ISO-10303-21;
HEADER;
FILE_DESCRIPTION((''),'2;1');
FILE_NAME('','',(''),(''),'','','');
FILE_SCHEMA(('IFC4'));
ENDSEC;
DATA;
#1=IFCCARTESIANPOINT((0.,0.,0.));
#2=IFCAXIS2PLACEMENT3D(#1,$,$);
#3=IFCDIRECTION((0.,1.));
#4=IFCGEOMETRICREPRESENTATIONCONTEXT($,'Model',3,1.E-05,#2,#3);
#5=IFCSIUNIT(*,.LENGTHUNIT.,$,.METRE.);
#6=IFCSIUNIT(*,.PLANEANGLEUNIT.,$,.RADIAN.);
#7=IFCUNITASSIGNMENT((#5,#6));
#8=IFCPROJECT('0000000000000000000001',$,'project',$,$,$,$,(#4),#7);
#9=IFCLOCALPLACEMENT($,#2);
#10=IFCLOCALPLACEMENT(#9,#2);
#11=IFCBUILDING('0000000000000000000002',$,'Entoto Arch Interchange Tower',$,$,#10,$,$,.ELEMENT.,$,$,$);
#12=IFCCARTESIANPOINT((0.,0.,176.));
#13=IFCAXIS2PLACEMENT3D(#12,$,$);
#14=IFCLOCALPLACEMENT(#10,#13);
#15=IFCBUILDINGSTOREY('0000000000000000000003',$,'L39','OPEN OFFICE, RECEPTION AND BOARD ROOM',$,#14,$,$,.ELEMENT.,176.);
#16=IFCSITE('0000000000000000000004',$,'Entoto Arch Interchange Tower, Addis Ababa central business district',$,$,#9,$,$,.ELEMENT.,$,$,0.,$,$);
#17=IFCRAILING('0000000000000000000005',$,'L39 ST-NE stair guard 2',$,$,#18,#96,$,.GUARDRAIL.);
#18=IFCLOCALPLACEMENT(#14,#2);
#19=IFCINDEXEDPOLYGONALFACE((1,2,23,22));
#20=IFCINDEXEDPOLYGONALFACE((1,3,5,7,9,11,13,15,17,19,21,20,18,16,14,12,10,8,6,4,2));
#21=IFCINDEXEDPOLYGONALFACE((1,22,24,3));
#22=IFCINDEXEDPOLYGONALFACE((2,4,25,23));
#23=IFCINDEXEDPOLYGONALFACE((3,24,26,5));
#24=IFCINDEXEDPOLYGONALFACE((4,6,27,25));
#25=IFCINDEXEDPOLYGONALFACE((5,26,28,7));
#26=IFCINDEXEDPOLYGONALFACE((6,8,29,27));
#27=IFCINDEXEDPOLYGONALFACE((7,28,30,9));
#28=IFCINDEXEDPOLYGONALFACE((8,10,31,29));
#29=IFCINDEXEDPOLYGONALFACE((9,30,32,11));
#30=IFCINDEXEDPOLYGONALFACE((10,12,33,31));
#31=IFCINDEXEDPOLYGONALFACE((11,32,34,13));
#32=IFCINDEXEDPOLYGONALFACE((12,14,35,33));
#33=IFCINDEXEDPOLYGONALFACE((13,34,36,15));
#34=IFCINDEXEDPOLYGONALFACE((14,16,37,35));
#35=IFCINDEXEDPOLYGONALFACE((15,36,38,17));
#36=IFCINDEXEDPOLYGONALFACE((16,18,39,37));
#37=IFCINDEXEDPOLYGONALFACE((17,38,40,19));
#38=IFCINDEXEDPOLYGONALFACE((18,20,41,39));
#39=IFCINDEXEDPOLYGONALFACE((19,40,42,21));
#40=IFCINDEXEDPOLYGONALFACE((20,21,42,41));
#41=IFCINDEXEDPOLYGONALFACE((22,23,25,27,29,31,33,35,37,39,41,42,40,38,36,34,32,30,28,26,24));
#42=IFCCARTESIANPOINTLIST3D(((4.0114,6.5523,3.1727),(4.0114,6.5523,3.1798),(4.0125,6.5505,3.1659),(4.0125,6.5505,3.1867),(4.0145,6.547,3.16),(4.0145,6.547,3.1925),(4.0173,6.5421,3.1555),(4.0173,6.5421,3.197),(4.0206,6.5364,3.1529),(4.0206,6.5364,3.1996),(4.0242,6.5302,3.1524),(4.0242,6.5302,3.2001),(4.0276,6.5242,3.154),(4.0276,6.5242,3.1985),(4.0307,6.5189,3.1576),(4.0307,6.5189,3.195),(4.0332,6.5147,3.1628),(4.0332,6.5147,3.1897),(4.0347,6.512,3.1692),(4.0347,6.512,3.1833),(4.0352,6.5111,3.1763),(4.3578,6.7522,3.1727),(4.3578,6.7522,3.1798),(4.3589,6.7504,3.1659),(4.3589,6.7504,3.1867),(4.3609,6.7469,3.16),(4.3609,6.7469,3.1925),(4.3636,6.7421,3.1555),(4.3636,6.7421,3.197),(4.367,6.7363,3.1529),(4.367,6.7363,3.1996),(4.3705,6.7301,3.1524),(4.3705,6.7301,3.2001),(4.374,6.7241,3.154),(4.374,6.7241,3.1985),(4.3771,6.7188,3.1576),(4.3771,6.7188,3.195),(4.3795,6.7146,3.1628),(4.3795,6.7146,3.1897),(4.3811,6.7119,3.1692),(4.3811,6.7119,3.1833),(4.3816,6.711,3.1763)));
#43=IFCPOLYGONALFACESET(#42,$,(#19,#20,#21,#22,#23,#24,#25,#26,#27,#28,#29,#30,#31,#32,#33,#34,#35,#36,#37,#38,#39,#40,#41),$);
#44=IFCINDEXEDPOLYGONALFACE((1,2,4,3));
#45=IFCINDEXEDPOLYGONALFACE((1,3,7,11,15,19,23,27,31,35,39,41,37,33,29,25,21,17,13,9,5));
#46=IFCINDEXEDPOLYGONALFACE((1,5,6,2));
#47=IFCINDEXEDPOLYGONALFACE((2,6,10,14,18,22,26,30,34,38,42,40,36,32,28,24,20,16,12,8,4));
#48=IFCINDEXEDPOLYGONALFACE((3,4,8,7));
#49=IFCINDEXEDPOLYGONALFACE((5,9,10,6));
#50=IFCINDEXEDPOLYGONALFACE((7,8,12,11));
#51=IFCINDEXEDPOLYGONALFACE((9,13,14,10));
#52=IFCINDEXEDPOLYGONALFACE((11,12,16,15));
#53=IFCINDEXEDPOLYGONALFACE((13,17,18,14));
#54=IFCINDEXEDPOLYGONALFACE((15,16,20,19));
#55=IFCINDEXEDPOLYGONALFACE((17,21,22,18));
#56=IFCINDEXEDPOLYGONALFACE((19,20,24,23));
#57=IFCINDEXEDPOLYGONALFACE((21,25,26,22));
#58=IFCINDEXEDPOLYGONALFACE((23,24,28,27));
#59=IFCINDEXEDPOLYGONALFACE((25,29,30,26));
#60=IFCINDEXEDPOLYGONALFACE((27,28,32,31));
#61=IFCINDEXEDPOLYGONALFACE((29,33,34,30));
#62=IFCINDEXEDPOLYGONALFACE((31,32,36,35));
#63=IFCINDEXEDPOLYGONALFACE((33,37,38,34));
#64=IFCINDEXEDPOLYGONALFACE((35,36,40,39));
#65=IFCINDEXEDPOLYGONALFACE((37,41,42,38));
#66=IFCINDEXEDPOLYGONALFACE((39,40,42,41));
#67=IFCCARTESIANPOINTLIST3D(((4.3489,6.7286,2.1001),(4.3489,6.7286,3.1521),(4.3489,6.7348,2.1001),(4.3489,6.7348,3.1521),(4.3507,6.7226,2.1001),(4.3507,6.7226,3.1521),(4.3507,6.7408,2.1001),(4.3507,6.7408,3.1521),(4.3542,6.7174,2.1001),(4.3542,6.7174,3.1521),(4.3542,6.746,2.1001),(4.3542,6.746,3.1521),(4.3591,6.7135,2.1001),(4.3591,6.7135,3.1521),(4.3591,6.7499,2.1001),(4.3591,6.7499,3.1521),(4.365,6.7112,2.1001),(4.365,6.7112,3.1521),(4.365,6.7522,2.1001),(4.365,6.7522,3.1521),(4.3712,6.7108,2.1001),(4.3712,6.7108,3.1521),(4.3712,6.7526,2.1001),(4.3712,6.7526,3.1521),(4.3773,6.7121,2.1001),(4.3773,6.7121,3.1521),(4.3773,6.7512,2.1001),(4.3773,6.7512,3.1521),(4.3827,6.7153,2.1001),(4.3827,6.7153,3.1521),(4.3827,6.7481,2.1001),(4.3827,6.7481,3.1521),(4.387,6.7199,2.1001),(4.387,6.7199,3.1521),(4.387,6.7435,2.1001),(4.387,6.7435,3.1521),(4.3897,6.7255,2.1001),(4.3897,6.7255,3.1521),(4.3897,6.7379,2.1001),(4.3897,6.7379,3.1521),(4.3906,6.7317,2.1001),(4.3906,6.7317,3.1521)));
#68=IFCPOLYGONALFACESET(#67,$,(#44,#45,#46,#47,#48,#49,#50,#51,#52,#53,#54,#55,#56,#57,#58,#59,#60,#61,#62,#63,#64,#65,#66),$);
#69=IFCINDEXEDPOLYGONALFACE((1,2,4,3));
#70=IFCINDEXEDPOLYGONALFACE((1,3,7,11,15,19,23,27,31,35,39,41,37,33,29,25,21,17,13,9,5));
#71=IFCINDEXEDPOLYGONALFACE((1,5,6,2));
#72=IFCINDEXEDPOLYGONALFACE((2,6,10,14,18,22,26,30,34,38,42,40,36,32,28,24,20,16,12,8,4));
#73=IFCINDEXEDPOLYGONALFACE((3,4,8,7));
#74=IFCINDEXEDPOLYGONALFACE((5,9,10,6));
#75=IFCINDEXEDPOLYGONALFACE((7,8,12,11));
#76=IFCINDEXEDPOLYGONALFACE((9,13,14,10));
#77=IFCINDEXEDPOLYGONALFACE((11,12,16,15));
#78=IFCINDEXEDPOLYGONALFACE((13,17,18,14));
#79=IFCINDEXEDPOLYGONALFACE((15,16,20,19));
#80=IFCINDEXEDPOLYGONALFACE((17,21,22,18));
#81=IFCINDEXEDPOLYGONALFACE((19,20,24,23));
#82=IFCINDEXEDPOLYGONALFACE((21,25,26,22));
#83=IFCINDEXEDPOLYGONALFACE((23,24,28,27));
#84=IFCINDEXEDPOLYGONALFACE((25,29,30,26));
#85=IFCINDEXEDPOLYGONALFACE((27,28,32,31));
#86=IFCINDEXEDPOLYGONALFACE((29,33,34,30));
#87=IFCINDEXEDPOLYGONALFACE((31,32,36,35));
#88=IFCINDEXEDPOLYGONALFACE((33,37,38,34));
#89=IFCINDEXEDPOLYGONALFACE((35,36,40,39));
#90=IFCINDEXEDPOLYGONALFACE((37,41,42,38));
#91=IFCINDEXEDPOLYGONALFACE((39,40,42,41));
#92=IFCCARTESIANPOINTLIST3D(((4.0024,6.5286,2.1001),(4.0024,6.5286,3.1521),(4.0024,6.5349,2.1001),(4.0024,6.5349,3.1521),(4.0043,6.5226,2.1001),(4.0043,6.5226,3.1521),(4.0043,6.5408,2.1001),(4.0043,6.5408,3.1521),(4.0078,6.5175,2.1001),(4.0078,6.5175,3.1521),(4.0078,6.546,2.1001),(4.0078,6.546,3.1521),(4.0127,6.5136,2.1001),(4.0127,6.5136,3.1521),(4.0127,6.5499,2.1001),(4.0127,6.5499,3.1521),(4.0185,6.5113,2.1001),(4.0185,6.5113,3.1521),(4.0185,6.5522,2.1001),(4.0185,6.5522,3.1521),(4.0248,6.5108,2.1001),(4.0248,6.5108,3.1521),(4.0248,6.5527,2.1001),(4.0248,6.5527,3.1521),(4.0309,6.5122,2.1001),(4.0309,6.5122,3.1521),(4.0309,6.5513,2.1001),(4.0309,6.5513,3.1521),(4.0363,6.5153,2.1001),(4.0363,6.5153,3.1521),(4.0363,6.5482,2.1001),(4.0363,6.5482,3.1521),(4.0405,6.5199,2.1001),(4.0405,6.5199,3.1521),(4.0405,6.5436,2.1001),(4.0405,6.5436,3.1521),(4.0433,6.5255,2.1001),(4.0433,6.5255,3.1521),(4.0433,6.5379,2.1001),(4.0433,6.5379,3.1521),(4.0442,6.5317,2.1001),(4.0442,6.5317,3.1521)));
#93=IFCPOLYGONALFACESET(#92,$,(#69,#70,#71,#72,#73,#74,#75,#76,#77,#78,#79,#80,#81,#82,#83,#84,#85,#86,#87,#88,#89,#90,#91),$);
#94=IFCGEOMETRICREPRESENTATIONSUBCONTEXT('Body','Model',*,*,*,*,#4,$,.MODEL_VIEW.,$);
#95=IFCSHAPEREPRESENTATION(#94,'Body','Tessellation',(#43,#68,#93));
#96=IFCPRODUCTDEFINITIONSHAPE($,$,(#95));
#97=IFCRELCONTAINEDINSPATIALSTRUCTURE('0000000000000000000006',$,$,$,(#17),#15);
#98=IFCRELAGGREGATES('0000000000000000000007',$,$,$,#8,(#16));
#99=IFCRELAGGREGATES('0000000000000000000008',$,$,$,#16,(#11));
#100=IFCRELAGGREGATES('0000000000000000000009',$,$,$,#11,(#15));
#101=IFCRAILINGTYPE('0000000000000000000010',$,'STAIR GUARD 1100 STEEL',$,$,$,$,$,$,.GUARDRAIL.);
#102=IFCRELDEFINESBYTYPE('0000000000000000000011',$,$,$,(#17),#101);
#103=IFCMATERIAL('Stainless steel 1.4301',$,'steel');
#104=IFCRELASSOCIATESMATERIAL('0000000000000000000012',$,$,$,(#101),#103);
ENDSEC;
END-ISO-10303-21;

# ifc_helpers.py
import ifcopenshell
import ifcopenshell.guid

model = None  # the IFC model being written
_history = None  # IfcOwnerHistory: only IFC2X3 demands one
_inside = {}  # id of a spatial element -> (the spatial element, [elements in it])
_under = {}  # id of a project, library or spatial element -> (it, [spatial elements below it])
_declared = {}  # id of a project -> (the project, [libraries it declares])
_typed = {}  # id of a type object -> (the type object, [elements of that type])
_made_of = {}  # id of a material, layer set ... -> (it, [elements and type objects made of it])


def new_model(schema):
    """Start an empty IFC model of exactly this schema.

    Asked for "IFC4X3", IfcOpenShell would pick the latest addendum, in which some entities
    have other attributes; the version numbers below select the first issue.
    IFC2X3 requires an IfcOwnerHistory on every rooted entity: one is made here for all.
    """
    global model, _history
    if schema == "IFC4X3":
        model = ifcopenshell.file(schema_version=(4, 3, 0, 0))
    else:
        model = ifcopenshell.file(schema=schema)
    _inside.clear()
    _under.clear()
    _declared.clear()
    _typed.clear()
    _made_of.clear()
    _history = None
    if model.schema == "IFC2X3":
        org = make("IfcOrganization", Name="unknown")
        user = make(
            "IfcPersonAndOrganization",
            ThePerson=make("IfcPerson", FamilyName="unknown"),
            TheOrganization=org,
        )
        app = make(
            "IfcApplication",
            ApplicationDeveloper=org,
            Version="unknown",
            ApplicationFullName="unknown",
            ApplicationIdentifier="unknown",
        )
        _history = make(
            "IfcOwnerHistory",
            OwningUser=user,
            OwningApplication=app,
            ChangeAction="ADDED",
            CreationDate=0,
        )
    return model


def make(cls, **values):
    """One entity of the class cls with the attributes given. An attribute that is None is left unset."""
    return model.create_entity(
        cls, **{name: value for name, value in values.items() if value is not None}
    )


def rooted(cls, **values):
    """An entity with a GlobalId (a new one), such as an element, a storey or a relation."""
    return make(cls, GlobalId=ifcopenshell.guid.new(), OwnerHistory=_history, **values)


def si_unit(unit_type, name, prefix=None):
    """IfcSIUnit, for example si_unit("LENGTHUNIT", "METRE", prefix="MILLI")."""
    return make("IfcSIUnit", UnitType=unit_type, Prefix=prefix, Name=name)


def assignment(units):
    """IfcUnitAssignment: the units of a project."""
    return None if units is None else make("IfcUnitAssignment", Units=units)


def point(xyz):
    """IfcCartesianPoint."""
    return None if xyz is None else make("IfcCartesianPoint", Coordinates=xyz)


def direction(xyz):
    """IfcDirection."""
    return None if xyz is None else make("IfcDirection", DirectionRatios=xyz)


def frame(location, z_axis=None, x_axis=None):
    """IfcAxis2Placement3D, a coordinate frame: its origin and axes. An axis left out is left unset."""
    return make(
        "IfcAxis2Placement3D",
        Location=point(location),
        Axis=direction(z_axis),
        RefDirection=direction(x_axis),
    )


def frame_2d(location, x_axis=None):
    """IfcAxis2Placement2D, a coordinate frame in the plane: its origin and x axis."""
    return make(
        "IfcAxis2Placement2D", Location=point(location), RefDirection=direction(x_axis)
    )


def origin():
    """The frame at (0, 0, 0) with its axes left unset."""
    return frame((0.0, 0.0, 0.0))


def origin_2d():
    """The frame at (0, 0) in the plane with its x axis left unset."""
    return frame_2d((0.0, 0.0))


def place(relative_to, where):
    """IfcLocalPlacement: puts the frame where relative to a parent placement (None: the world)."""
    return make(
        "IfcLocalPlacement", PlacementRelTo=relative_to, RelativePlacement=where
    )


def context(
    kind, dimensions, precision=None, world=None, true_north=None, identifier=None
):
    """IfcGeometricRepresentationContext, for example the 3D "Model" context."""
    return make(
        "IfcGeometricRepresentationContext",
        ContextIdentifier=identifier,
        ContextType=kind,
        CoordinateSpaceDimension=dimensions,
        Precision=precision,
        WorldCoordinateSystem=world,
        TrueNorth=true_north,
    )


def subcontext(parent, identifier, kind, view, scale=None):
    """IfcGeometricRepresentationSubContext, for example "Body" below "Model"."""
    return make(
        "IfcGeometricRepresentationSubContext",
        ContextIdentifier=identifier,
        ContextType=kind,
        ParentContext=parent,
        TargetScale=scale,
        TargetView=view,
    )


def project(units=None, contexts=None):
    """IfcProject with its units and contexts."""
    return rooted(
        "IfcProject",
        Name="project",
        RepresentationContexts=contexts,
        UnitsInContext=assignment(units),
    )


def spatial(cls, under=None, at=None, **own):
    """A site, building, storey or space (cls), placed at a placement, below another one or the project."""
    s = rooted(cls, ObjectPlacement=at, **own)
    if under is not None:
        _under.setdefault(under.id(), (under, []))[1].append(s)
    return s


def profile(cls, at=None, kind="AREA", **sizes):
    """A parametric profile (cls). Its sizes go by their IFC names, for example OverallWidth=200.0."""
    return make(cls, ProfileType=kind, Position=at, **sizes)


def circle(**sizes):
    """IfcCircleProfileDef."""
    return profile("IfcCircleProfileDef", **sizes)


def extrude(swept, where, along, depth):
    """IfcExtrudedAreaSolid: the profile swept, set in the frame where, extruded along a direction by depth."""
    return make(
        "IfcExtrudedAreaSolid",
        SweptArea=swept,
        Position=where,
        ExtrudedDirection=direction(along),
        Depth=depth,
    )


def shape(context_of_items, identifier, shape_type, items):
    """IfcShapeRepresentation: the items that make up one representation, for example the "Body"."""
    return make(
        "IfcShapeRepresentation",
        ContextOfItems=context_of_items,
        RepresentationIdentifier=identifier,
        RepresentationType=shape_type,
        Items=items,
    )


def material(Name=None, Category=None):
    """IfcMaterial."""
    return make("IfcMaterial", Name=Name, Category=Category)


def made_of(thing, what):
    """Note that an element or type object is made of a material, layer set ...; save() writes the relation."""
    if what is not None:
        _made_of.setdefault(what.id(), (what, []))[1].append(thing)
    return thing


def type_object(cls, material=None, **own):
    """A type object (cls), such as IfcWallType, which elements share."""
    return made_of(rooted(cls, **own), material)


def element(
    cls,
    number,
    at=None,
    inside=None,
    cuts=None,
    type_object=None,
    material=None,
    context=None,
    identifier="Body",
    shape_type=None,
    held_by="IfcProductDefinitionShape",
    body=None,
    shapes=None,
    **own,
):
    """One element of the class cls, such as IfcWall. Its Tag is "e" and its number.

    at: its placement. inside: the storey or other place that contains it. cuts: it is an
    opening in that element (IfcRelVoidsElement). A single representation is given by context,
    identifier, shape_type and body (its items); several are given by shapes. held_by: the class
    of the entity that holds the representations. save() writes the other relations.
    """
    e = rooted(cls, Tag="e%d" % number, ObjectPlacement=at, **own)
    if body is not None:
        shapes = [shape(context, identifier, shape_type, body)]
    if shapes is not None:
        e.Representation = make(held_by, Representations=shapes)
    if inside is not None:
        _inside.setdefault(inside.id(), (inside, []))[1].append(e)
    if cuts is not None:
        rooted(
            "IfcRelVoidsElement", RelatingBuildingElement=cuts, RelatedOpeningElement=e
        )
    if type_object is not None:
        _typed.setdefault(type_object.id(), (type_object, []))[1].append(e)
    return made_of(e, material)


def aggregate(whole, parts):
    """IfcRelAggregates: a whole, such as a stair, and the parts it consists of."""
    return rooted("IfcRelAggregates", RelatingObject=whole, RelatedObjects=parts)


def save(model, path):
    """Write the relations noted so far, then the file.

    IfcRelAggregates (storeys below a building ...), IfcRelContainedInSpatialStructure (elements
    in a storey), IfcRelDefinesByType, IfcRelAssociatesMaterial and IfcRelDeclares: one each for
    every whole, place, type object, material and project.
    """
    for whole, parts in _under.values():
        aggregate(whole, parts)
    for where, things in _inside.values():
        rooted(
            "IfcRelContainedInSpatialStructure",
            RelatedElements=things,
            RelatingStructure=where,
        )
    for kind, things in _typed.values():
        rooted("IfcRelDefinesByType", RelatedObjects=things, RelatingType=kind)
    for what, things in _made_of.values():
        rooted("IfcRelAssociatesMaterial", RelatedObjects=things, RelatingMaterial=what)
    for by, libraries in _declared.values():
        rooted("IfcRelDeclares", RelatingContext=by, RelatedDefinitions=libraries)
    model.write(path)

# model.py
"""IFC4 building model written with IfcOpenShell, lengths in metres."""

from ifc_helpers import new_model, si_unit, direction, frame, origin, origin_2d, place, context, subcontext, project, spatial, circle, extrude, material, type_object, element, save


model = new_model("IFC4")

# Units and contexts
model_context = context("Model", 3, precision=1e-05, world=origin(), true_north=direction((0.0, 1.0)))
body_context = subcontext(model_context, "Body", "Model", "MODEL_VIEW")
ifc_project = project(units=[si_unit("LENGTHUNIT", "METRE"), si_unit("PLANEANGLEUNIT", "RADIAN")], contexts=[model_context])

# Site, building, storey
site_placement = place(None, origin())
site = spatial("IfcSite", under=ifc_project, at=site_placement, Name="Entoto Arch Interchange Tower, Addis Ababa central business district", CompositionType="ELEMENT", RefElevation=0.0)
building_placement = place(site_placement, origin())
building = spatial("IfcBuilding", under=site, at=building_placement, Name="Entoto Arch Interchange Tower", CompositionType="ELEMENT")
storey_placement = place(building_placement, frame((0.0, 0.0, 176.0)))
storey = spatial("IfcBuildingStorey", under=building, at=storey_placement, Name="L39", Description="OPEN OFFICE, RECEPTION AND BOARD ROOM", CompositionType="ELEMENT", Elevation=176.0)

# Railing
ifc_material_1 = material(Name="Stainless steel 1.4301", Category="steel")
railing_type_1 = type_object("IfcRailingType", Name="STAIR GUARD 1100 STEEL", PredefinedType="GUARDRAIL", material=ifc_material_1)
railing_1_placement = place(storey_placement, frame((4.3696, 6.7317, 2.1001)))
element("IfcRailing", 1, at=railing_1_placement, inside=storey, type_object=railing_type_1, Name="L39 ST-NE stair guard 2", PredefinedType="GUARDRAIL", context=body_context, shape_type="SweptSolid", body=[
    extrude(circle(Radius=0.0239, at=origin_2d()), frame((0.0, 0.0, 1.0762), z_axis=(-0.866094, -0.499881, 0.0), x_axis=(0.499881, -0.866094, 0.0)), (0.0, 0.0, 1.0), 0.3999),
    extrude(circle(Radius=0.021, at=origin_2d()), origin(), (0.0, 0.0, 1.0), 1.052),
    extrude(circle(Radius=0.021, at=origin_2d()), frame((-0.3464, -0.2, 0.0)), (0.0, 0.0, 1.0), 1.052),
])

save(model, "model.ifc")
